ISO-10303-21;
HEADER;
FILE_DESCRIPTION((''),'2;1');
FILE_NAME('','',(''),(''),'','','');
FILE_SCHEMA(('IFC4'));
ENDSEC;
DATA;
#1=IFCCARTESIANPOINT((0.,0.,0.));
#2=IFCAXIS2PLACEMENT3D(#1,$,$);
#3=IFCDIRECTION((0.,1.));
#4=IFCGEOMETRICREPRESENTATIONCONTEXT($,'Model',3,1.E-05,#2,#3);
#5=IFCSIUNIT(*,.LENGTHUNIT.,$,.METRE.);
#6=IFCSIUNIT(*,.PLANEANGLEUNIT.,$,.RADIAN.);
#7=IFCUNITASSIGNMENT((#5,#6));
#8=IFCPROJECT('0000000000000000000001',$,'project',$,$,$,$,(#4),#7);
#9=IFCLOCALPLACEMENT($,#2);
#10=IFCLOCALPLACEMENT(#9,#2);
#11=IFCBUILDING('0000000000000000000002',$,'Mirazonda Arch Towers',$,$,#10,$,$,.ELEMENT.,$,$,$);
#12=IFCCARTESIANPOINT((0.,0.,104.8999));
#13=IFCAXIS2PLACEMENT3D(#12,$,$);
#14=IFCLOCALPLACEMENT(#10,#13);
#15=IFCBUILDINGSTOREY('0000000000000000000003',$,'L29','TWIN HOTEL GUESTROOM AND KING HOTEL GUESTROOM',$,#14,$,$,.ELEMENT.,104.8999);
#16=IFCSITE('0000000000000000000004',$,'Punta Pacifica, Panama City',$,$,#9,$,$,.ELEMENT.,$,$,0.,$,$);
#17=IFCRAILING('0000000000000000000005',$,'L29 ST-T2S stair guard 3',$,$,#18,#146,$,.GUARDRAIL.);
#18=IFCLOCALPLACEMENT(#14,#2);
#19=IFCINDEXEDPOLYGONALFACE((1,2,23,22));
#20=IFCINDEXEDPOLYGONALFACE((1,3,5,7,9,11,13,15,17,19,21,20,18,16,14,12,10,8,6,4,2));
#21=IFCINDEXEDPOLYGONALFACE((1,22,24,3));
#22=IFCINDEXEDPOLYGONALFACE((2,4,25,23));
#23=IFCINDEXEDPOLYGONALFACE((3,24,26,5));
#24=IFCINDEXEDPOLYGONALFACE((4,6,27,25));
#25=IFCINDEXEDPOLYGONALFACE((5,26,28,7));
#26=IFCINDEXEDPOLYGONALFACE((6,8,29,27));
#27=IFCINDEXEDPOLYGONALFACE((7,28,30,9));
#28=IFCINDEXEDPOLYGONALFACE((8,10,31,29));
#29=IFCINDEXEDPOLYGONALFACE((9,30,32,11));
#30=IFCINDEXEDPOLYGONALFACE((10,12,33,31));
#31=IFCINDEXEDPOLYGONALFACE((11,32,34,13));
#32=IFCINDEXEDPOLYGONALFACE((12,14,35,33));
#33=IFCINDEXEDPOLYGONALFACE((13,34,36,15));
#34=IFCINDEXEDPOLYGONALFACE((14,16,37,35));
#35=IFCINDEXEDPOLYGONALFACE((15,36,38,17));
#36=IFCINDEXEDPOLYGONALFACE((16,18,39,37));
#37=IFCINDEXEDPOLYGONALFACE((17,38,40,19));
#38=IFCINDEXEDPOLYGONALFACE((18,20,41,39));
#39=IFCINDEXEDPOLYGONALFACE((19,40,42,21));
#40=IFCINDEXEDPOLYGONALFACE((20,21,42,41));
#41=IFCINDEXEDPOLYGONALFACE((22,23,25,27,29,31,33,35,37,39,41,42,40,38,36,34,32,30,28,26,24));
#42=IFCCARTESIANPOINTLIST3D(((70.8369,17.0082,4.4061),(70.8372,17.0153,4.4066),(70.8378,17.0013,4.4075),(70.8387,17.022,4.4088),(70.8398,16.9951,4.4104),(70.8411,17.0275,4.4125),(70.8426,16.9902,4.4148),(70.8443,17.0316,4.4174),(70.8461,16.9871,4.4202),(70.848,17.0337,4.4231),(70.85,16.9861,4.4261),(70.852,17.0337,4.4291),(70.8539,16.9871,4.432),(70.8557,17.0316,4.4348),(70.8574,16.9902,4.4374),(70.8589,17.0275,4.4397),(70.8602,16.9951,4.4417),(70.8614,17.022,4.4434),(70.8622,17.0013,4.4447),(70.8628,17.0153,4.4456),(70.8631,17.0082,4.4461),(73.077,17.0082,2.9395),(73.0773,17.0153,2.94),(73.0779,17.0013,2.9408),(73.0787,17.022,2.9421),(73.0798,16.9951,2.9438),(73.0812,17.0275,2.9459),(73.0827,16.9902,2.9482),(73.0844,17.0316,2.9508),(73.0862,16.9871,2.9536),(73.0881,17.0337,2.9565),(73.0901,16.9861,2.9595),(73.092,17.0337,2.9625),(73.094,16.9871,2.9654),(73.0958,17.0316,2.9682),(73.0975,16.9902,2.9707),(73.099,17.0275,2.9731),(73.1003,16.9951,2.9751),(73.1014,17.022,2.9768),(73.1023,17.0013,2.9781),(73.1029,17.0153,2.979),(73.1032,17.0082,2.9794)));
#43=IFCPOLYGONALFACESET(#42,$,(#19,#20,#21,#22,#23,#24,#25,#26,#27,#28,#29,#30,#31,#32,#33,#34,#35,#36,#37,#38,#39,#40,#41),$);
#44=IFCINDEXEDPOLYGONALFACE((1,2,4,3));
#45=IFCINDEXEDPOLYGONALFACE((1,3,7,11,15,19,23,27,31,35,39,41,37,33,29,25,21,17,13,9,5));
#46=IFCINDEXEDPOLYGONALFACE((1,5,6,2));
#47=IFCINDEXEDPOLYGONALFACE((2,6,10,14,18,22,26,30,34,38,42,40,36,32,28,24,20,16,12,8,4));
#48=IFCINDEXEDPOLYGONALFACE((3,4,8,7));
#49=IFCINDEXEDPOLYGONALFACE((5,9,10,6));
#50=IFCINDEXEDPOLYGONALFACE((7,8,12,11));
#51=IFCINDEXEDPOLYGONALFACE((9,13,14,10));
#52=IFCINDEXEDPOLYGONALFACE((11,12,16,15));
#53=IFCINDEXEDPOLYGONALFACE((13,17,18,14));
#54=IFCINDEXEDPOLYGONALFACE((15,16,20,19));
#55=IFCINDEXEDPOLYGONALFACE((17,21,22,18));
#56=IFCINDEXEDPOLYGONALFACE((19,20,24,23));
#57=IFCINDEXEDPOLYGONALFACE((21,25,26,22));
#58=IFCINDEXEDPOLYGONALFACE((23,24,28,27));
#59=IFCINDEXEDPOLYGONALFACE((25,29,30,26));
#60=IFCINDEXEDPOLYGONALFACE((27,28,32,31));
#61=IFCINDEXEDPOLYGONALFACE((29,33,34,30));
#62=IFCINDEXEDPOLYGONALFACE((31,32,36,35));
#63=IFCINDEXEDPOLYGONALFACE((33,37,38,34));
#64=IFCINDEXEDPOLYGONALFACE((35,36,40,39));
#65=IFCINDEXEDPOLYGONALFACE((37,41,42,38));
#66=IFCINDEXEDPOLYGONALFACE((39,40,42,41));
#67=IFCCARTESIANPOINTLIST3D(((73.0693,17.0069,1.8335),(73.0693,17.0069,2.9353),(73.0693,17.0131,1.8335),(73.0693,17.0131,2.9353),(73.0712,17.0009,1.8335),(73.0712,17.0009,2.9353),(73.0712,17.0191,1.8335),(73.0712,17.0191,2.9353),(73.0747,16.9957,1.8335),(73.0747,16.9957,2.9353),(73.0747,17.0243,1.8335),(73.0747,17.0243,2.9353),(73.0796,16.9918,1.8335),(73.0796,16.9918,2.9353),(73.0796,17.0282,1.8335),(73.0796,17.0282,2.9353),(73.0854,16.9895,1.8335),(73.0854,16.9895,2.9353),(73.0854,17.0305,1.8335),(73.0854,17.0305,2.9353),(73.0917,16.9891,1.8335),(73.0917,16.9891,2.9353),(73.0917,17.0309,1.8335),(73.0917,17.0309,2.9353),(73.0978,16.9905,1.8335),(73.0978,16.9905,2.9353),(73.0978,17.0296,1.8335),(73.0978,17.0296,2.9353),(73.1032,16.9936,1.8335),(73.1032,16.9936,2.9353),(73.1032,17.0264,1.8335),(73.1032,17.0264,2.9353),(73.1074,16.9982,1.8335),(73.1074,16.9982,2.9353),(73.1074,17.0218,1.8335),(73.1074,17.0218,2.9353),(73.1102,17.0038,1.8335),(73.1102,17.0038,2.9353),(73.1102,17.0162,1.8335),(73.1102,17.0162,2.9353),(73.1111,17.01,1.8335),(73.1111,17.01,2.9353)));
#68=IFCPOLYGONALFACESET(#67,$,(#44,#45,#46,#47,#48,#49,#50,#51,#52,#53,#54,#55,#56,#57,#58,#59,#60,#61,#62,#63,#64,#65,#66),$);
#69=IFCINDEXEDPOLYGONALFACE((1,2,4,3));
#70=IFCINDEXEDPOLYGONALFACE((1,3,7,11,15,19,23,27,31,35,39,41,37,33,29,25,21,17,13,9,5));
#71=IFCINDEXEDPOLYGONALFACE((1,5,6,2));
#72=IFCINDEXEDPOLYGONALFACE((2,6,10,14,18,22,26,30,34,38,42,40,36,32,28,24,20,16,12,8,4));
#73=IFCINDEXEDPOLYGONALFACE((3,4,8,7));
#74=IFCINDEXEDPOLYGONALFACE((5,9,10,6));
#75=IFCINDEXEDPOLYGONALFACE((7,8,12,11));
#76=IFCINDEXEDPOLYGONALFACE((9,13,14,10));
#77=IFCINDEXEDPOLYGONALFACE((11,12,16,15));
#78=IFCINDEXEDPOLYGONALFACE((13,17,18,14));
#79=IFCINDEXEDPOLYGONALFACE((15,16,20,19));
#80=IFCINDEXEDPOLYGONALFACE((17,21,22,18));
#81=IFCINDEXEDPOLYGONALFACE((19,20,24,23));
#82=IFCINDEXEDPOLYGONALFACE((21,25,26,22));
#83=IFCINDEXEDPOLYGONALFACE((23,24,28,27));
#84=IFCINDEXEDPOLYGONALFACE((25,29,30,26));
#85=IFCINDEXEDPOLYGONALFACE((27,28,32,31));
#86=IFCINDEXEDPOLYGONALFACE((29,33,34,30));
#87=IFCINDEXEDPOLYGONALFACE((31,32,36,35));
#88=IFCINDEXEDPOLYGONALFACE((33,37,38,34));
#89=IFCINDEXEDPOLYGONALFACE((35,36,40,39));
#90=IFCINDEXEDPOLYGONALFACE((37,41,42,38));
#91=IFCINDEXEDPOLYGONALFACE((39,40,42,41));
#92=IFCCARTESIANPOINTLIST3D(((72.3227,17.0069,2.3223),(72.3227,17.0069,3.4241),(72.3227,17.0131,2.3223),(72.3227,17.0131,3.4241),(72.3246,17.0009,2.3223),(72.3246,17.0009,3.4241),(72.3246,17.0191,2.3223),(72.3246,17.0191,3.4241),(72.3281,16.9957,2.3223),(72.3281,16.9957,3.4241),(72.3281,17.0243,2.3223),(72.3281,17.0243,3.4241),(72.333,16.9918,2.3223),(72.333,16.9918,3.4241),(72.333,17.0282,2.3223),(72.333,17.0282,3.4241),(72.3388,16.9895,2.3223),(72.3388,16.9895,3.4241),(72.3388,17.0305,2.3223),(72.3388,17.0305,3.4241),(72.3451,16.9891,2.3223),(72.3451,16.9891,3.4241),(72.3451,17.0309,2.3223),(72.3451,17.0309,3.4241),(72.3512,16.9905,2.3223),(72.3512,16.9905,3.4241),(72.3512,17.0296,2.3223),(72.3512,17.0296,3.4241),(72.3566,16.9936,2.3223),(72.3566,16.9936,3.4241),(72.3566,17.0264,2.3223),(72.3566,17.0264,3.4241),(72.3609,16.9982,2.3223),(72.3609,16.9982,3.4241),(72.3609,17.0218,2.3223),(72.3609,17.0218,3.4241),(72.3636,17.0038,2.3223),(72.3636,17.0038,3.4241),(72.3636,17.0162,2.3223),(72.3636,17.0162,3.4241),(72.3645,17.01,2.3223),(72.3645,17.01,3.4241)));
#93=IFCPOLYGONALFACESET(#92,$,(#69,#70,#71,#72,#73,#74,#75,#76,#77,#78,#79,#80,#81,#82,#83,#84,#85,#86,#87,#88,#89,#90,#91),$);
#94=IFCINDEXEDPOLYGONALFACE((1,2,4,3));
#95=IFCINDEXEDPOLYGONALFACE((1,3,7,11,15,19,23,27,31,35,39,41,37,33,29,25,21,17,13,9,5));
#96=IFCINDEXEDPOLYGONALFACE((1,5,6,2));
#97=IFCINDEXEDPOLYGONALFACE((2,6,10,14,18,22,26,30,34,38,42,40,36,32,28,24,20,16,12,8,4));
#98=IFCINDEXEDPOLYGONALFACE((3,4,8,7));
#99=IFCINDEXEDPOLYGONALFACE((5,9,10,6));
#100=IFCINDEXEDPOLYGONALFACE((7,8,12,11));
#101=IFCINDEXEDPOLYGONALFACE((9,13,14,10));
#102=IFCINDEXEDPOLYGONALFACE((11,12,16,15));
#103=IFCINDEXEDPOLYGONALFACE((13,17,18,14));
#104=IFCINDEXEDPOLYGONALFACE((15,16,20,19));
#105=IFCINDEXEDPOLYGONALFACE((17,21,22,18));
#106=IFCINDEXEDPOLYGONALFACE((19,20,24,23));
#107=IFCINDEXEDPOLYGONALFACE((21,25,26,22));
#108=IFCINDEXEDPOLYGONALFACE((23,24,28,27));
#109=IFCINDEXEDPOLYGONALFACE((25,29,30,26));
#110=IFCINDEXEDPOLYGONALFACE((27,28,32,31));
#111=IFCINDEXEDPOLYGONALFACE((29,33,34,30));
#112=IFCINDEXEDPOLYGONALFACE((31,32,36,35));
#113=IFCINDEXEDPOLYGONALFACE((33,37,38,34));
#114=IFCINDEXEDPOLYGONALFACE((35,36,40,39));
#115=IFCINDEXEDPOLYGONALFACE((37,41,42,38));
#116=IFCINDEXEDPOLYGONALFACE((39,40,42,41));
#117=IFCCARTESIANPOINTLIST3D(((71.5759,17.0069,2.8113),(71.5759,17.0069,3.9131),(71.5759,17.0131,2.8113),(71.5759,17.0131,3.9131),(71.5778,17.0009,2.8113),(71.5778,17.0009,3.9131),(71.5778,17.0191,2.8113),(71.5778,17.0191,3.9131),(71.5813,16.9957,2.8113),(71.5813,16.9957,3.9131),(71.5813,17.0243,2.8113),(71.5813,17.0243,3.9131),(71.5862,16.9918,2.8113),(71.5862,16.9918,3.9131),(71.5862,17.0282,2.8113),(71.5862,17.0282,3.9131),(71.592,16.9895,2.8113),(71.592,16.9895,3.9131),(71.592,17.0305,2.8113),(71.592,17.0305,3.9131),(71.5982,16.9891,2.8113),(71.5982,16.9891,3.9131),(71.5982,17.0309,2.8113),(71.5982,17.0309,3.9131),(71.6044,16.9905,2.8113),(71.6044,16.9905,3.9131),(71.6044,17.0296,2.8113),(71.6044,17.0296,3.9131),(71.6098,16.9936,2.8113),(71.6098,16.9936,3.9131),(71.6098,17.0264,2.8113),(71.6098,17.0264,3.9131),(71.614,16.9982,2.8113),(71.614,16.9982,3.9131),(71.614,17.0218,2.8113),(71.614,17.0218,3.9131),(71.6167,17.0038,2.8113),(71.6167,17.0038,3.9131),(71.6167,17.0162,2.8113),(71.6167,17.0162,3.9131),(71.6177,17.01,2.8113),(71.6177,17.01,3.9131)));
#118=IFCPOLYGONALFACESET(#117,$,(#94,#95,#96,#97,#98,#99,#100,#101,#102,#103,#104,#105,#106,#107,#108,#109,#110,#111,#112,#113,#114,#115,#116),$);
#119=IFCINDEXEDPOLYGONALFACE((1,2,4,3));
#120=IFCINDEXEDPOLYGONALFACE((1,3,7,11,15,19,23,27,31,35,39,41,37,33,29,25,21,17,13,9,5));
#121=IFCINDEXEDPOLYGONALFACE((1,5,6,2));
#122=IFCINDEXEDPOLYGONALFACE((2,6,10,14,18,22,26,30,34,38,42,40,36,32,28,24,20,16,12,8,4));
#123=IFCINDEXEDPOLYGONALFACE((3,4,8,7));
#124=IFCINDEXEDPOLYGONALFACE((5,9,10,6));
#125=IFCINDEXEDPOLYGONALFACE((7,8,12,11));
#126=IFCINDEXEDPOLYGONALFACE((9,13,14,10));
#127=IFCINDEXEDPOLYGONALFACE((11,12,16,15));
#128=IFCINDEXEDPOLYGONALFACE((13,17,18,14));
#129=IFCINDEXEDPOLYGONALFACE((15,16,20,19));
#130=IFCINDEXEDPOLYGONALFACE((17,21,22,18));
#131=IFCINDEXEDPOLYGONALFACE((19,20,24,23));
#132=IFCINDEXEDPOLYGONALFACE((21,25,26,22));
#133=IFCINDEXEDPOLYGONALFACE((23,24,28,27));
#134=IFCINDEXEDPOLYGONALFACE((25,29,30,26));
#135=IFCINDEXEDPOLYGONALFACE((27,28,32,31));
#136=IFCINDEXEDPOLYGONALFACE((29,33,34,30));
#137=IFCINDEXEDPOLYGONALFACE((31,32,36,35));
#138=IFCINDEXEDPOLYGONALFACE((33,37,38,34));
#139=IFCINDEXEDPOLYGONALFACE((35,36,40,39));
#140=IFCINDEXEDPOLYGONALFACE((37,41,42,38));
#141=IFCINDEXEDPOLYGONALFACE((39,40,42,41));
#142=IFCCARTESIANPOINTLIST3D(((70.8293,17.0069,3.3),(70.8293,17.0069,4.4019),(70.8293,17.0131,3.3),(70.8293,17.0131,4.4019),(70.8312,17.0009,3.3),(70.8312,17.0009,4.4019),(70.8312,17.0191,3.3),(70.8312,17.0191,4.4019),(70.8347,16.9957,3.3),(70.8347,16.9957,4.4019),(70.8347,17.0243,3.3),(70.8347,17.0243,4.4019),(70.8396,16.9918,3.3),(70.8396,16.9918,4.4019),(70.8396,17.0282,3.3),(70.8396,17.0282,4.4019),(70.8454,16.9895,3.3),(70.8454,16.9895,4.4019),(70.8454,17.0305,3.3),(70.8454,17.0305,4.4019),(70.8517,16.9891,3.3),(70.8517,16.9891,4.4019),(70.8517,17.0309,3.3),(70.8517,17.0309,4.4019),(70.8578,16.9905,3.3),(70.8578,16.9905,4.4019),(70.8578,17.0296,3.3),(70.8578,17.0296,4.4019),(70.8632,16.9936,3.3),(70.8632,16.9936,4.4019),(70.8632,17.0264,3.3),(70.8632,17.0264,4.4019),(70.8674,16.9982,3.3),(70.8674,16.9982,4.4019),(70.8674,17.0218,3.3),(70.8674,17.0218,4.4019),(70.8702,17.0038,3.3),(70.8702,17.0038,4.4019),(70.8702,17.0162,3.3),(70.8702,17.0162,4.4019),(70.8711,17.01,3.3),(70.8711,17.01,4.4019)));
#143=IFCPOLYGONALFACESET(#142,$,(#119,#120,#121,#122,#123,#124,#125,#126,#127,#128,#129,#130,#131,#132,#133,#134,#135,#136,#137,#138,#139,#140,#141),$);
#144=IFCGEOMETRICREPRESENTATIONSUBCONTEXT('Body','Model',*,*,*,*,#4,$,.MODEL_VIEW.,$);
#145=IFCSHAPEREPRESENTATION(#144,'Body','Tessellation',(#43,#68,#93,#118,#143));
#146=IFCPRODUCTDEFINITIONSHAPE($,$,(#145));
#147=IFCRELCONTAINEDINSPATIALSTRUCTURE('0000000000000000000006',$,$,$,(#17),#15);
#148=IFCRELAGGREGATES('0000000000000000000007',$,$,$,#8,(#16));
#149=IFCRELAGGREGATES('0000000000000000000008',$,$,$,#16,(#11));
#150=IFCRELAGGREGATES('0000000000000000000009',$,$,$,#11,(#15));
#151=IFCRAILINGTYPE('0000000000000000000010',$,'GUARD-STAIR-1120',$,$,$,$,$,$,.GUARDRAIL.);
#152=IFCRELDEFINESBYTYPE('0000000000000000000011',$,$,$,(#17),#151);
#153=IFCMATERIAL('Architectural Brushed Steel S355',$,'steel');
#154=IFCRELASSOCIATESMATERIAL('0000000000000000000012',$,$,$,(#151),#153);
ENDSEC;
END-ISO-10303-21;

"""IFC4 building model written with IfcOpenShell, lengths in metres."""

from ifc_helpers import new_model, si_unit, direction, frame, origin, origin_2d, place, context, subcontext, project, spatial, circle, extrude, material, type_object, element, save


model = new_model("IFC4")

# Units and contexts
model_context = context("Model", 3, precision=1e-05, world=origin(), true_north=direction((0.0, 1.0)))
body_context = subcontext(model_context, "Body", "Model", "MODEL_VIEW")
ifc_project = project(units=[si_unit("LENGTHUNIT", "METRE"), si_unit("PLANEANGLEUNIT", "RADIAN")], contexts=[model_context])

# Site, building, storey
site_placement = place(None, origin())
site = spatial("IfcSite", under=ifc_project, at=site_placement, Name="Punta Pacifica, Panama City", CompositionType="ELEMENT", RefElevation=0.0)
building_placement = place(site_placement, origin())
building = spatial("IfcBuilding", under=site, at=building_placement, Name="Mirazonda Arch Towers", CompositionType="ELEMENT")
storey_placement = place(building_placement, frame((0.0, 0.0, 104.8999)))
storey = spatial("IfcBuildingStorey", under=building, at=storey_placement, Name="L29", Description="TWIN HOTEL GUESTROOM AND KING HOTEL GUESTROOM", CompositionType="ELEMENT", Elevation=104.8999)

# Railing
ifc_material_1 = material(Name="Architectural Brushed Steel S355", Category="steel")
railing_type_1 = type_object("IfcRailingType", Name="GUARD-STAIR-1120", PredefinedType="GUARDRAIL", material=ifc_material_1)
railing_1_placement = place(storey_placement, frame((73.0901, 17.01, 1.8335)))
element("IfcRailing", 1, at=railing_1_placement, inside=storey, type_object=railing_type_1, Name="L29 ST-T2S stair guard 3", PredefinedType="GUARDRAIL", context=body_context, shape_type="SweptSolid", body=[
    extrude(circle(Radius=0.0239, at=origin_2d()), frame((0.0, 0.0, 1.126), z_axis=(-0.836637, 0.0, 0.547758), x_axis=(0.0, -1.0, 0.0)), (0.0, 0.0, 1.0), 2.6775),
    extrude(circle(Radius=0.021, at=origin_2d()), origin(), (0.0, 0.0, 1.0), 1.1018),
    extrude(circle(Radius=0.021, at=origin_2d()), frame((-0.7466, 0.0, 0.4888)), (0.0, 0.0, 1.0), 1.1018),
    extrude(circle(Radius=0.021, at=origin_2d()), frame((-1.4934, 0.0, 0.9778)), (0.0, 0.0, 1.0), 1.1018),
    extrude(circle(Radius=0.021, at=origin_2d()), frame((-2.24, 0.0, 1.4666)), (0.0, 0.0, 1.0), 1.1018),
])

save(model, "model.ifc")
